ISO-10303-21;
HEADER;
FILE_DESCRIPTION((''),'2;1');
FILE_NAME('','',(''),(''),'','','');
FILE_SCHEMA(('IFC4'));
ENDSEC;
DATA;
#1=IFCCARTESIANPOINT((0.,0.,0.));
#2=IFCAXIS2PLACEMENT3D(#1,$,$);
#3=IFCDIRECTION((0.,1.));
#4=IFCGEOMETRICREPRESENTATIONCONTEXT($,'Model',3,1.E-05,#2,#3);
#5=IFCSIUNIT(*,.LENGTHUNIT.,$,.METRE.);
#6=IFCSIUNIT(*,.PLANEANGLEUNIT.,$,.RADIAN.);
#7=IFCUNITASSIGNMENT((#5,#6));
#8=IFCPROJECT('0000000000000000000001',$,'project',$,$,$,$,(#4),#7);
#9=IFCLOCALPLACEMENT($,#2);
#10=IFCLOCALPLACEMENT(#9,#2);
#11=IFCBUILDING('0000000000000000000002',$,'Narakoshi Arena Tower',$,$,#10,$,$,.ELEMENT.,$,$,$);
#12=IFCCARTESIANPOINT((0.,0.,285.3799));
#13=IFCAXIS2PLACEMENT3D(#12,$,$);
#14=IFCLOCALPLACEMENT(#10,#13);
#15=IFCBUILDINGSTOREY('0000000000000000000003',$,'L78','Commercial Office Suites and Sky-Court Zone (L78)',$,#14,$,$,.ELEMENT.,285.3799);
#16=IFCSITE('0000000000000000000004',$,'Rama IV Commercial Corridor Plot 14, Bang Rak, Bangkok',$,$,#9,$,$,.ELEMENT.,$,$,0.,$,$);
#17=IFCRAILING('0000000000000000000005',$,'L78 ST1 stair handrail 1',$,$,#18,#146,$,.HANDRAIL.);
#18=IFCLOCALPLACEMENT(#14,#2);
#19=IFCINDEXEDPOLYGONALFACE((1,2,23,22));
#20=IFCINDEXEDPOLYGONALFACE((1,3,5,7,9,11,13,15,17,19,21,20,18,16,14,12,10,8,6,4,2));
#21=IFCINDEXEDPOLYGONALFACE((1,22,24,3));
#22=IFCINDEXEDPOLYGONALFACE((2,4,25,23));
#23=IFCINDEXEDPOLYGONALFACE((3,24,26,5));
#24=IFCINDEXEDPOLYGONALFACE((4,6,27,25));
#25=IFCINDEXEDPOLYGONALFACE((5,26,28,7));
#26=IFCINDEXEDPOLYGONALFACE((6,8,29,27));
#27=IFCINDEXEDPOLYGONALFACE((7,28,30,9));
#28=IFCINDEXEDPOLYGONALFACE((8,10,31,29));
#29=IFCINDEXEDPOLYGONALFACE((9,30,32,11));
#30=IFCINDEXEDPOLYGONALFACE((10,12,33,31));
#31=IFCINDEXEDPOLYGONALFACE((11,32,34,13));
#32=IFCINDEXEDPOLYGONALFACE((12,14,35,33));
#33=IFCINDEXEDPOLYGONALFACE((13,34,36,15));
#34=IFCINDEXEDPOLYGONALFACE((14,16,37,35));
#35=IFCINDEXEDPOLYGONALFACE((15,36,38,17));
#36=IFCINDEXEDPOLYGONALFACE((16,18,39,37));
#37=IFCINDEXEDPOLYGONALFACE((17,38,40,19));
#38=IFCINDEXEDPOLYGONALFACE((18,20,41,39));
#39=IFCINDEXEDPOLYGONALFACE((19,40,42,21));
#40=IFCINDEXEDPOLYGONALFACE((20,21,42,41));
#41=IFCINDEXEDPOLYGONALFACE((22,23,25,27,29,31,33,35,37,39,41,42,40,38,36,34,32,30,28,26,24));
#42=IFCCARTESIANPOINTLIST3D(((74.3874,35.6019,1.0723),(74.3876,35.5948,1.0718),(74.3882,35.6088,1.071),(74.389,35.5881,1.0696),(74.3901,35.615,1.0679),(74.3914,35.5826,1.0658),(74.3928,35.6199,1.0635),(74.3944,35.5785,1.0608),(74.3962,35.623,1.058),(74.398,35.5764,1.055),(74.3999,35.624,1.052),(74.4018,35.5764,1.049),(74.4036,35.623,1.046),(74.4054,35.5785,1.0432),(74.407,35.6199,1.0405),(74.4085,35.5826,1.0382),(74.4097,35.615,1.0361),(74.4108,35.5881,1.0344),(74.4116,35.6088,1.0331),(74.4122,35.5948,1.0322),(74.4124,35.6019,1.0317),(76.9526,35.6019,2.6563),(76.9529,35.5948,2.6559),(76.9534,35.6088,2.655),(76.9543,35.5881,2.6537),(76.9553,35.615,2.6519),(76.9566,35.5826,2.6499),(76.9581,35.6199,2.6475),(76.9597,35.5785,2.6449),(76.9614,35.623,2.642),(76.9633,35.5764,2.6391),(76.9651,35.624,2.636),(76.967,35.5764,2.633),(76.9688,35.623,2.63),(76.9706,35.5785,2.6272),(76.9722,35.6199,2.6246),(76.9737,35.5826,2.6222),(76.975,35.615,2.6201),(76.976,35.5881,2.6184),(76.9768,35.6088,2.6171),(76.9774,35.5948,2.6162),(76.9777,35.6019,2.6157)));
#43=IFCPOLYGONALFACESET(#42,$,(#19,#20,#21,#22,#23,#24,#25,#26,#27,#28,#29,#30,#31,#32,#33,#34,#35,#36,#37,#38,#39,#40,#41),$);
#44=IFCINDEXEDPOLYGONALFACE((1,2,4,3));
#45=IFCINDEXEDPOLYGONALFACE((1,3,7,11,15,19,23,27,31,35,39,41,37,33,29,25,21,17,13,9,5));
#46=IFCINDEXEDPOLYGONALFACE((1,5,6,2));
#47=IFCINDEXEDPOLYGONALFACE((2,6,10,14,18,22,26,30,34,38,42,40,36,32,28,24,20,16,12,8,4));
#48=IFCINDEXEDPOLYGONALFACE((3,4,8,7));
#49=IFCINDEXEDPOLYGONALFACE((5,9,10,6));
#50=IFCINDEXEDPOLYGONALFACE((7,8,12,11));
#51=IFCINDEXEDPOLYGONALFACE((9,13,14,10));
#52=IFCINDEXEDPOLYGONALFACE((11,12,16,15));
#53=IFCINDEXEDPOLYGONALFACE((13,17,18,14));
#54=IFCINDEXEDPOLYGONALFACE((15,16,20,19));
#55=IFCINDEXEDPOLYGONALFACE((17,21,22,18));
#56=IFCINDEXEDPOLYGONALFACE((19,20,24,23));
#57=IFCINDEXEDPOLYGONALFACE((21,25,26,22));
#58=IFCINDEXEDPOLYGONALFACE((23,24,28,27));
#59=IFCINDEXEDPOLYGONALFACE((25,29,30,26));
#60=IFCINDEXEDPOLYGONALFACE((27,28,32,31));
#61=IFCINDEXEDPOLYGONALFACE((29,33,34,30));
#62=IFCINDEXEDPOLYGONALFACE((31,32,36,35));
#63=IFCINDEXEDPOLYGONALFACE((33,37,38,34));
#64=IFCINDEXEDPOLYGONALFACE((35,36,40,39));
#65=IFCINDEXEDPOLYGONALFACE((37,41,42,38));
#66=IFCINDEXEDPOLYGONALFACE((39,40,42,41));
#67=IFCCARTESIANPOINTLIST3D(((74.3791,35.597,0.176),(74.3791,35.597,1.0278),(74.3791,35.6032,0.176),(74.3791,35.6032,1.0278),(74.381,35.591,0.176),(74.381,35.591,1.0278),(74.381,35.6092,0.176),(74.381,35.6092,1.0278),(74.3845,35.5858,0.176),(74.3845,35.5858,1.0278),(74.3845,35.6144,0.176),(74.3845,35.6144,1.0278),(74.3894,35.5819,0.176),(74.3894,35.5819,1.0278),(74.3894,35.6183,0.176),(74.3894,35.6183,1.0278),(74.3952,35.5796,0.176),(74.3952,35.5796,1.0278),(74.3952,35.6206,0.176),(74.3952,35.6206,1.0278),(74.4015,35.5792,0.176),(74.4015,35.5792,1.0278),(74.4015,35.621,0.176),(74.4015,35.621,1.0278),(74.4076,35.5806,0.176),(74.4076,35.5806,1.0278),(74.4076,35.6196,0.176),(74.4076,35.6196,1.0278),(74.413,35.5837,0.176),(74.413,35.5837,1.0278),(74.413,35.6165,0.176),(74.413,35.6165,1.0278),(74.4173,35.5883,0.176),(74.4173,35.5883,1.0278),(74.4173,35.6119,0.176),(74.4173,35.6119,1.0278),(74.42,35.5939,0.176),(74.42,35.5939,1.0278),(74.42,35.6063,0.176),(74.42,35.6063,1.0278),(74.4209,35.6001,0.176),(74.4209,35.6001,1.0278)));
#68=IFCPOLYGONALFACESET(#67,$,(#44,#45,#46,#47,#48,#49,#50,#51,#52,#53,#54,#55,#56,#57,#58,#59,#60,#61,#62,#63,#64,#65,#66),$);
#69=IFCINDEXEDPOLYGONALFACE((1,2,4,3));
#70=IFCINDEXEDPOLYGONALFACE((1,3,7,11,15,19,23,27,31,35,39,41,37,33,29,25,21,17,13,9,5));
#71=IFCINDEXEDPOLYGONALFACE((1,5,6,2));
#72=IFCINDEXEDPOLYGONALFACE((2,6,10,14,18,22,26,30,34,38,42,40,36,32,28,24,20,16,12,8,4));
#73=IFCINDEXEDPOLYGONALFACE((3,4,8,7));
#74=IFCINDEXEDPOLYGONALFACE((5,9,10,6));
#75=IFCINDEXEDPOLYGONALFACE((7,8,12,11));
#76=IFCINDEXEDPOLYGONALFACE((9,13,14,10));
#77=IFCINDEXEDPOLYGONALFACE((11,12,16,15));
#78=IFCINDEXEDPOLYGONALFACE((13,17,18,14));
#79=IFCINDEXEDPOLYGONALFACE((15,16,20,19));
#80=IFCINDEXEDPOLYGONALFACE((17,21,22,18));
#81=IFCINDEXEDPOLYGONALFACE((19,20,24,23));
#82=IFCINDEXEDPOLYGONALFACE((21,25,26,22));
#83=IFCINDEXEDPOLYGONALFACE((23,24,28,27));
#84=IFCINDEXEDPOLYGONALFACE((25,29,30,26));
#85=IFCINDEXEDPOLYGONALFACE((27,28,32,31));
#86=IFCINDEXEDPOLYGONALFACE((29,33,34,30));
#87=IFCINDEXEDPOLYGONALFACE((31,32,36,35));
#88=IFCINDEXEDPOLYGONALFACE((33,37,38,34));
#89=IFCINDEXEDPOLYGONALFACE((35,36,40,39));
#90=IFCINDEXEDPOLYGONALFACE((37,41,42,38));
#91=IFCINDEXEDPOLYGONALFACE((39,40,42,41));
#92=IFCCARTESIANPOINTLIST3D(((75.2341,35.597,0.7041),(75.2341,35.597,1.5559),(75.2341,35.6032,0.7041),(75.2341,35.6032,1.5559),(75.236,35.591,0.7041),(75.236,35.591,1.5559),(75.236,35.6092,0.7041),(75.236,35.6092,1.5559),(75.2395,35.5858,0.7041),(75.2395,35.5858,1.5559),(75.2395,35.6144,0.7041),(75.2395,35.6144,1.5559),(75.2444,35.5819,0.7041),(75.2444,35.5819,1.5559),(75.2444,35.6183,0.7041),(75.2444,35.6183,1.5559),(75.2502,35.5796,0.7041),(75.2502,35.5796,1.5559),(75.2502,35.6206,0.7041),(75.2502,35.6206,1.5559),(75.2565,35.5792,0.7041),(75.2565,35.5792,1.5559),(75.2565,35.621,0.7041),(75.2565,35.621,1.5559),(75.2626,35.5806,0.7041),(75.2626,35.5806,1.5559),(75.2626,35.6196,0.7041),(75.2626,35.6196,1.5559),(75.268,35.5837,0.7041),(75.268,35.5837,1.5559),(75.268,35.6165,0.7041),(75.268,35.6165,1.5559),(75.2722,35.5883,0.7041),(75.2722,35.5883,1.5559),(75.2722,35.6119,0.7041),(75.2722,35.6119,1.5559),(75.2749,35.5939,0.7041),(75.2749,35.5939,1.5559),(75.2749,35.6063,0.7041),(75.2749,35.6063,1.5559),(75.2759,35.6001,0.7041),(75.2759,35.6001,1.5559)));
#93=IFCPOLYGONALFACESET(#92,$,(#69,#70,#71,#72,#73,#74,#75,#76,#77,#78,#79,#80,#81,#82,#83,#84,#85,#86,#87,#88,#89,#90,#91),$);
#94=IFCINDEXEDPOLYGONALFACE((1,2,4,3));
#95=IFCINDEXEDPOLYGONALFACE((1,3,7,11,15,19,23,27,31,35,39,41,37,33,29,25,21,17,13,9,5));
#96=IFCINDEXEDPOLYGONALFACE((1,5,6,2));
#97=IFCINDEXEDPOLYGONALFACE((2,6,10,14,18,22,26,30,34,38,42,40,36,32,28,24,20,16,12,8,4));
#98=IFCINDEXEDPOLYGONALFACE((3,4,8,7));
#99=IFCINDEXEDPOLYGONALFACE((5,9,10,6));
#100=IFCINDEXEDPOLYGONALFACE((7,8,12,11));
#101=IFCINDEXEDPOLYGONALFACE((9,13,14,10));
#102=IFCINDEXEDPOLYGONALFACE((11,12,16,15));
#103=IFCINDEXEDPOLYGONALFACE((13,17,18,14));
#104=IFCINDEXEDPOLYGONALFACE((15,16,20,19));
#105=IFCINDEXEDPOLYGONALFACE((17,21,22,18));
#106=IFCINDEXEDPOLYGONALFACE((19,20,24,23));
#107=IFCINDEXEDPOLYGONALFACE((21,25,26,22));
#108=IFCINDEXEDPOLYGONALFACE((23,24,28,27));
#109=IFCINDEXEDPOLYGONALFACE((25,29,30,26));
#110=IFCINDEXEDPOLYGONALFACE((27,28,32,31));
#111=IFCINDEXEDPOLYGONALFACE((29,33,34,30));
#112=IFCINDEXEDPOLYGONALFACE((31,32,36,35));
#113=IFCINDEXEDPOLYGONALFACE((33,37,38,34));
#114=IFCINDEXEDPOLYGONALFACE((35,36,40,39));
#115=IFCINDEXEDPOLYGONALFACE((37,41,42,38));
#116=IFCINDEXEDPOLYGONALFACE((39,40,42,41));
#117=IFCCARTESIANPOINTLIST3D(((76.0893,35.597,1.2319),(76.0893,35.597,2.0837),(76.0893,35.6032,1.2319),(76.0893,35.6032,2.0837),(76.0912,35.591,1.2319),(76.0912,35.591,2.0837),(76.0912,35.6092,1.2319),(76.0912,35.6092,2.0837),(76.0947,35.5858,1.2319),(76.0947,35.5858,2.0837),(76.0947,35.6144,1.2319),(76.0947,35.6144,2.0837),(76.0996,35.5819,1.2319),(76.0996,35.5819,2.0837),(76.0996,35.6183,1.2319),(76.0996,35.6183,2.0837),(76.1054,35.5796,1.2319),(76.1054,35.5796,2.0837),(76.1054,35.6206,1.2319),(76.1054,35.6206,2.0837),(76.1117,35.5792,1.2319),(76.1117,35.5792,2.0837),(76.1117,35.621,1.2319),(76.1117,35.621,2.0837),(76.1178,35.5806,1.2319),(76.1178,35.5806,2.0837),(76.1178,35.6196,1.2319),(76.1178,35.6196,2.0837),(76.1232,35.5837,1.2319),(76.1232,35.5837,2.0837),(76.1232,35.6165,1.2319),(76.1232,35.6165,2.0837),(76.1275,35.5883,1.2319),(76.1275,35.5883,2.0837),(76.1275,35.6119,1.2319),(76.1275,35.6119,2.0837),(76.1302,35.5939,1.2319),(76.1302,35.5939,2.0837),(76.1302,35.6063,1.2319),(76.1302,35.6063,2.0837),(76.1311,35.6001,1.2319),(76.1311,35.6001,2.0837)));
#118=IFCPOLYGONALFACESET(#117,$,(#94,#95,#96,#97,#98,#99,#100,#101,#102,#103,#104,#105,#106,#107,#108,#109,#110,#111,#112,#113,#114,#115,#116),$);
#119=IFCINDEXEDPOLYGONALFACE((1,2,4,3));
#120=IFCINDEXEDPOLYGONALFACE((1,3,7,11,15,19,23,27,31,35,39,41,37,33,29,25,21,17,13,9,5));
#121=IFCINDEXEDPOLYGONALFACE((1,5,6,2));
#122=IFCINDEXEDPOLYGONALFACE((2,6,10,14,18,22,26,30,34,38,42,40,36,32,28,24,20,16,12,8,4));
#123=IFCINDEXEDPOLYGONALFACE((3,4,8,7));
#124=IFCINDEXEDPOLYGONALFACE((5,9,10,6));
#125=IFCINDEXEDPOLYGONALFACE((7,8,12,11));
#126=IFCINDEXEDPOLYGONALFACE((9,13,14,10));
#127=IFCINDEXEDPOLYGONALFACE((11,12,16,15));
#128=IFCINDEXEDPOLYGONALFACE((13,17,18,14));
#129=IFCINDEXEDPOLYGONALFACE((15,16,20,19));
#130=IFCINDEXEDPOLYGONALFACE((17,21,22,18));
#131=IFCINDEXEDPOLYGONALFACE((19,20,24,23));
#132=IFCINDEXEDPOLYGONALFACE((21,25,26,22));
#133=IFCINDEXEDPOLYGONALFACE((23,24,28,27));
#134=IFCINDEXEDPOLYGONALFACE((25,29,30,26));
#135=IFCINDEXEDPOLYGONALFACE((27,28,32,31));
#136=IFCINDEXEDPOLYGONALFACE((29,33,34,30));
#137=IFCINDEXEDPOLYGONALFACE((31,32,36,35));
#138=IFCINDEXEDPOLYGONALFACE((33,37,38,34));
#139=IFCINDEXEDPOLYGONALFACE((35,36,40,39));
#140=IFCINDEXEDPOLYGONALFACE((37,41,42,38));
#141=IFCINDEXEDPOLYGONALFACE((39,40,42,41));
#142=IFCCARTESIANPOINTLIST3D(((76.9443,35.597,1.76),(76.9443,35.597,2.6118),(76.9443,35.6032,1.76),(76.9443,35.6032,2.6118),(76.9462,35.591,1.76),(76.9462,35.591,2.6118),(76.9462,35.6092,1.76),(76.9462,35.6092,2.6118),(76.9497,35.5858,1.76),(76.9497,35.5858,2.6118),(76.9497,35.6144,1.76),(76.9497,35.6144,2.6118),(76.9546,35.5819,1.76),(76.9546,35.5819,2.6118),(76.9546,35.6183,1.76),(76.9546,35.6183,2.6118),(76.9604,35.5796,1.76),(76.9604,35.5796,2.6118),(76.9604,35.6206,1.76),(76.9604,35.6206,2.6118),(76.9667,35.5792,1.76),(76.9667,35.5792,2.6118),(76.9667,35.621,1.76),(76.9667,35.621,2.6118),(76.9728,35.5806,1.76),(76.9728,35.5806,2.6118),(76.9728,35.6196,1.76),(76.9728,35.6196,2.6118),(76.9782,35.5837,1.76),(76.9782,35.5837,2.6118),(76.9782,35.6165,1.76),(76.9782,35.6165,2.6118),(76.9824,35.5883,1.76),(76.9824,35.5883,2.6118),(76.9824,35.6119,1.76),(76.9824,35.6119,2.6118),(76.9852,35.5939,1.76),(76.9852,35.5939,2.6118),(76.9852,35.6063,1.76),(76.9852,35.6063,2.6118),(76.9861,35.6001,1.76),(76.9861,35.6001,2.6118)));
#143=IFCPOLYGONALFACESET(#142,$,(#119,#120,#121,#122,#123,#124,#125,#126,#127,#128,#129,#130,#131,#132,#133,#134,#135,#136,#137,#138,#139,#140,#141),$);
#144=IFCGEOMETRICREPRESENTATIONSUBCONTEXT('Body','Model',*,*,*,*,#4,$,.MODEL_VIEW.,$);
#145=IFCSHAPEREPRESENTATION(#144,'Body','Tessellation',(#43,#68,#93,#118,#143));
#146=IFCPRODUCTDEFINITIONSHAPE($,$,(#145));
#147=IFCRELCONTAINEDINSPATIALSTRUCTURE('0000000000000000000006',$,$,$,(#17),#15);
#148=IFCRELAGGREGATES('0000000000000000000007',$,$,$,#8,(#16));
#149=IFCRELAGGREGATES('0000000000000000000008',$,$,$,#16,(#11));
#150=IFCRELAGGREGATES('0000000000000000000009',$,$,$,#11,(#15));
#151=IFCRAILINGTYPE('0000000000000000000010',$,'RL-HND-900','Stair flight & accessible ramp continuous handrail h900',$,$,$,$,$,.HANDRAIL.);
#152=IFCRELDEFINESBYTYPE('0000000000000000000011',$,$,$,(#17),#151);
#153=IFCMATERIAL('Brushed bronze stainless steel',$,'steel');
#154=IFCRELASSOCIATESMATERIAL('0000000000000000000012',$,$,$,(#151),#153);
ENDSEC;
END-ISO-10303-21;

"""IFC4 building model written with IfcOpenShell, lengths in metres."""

from ifc_helpers import new_model, si_unit, direction, frame, origin, origin_2d, place, context, subcontext, project, spatial, circle, extrude, material, type_object, element, save


model = new_model("IFC4")

# Units and contexts
model_context = context("Model", 3, precision=1e-05, world=origin(), true_north=direction((0.0, 1.0)))
body_context = subcontext(model_context, "Body", "Model", "MODEL_VIEW")
ifc_project = project(units=[si_unit("LENGTHUNIT", "METRE"), si_unit("PLANEANGLEUNIT", "RADIAN")], contexts=[model_context])

# Site, building, storey
site_placement = place(None, origin())
site = spatial("IfcSite", under=ifc_project, at=site_placement, Name="Rama IV Commercial Corridor Plot 14, Bang Rak, Bangkok", CompositionType="ELEMENT", RefElevation=0.0)
building_placement = place(site_placement, origin())
building = spatial("IfcBuilding", under=site, at=building_placement, Name="Narakoshi Arena Tower", CompositionType="ELEMENT")
storey_placement = place(building_placement, frame((0.0, 0.0, 285.3799)))
storey = spatial("IfcBuildingStorey", under=building, at=storey_placement, Name="L78", Description="Commercial Office Suites and Sky-Court Zone (L78)", CompositionType="ELEMENT", Elevation=285.3799)

# Railing
ifc_material_1 = material(Name="Brushed bronze stainless steel", Category="steel")
railing_type_1 = type_object("IfcRailingType", Name="RL-HND-900", Description="Stair flight & accessible ramp continuous handrail h900", PredefinedType="HANDRAIL", material=ifc_material_1)
railing_1_placement = place(storey_placement, frame((74.3999, 35.6001, 0.176)))
element("IfcRailing", 1, at=railing_1_placement, inside=storey, type_object=railing_type_1, Name="L78 ST1 stair handrail 1", PredefinedType="HANDRAIL", context=body_context, shape_type="SweptSolid", body=[
    extrude(circle(Radius=0.0239, at=origin_2d()), frame((0.0, 0.0, 0.876), z_axis=(0.850857, 0.0, 0.525398), x_axis=(0.0, 1.0, 0.0)), (0.0, 0.0, 1.0), 3.0149),
    extrude(circle(Radius=0.021, at=origin_2d()), origin(), (0.0, 0.0, 1.0), 0.8518),
    extrude(circle(Radius=0.021, at=origin_2d()), frame((0.855, 0.0, 0.5281)), (0.0, 0.0, 1.0), 0.8518),
    extrude(circle(Radius=0.021, at=origin_2d()), frame((1.7102, 0.0, 1.0559)), (0.0, 0.0, 1.0), 0.8518),
    extrude(circle(Radius=0.021, at=origin_2d()), frame((2.5652, 0.0, 1.584)), (0.0, 0.0, 1.0), 0.8518),
])

save(model, "model.ifc")
